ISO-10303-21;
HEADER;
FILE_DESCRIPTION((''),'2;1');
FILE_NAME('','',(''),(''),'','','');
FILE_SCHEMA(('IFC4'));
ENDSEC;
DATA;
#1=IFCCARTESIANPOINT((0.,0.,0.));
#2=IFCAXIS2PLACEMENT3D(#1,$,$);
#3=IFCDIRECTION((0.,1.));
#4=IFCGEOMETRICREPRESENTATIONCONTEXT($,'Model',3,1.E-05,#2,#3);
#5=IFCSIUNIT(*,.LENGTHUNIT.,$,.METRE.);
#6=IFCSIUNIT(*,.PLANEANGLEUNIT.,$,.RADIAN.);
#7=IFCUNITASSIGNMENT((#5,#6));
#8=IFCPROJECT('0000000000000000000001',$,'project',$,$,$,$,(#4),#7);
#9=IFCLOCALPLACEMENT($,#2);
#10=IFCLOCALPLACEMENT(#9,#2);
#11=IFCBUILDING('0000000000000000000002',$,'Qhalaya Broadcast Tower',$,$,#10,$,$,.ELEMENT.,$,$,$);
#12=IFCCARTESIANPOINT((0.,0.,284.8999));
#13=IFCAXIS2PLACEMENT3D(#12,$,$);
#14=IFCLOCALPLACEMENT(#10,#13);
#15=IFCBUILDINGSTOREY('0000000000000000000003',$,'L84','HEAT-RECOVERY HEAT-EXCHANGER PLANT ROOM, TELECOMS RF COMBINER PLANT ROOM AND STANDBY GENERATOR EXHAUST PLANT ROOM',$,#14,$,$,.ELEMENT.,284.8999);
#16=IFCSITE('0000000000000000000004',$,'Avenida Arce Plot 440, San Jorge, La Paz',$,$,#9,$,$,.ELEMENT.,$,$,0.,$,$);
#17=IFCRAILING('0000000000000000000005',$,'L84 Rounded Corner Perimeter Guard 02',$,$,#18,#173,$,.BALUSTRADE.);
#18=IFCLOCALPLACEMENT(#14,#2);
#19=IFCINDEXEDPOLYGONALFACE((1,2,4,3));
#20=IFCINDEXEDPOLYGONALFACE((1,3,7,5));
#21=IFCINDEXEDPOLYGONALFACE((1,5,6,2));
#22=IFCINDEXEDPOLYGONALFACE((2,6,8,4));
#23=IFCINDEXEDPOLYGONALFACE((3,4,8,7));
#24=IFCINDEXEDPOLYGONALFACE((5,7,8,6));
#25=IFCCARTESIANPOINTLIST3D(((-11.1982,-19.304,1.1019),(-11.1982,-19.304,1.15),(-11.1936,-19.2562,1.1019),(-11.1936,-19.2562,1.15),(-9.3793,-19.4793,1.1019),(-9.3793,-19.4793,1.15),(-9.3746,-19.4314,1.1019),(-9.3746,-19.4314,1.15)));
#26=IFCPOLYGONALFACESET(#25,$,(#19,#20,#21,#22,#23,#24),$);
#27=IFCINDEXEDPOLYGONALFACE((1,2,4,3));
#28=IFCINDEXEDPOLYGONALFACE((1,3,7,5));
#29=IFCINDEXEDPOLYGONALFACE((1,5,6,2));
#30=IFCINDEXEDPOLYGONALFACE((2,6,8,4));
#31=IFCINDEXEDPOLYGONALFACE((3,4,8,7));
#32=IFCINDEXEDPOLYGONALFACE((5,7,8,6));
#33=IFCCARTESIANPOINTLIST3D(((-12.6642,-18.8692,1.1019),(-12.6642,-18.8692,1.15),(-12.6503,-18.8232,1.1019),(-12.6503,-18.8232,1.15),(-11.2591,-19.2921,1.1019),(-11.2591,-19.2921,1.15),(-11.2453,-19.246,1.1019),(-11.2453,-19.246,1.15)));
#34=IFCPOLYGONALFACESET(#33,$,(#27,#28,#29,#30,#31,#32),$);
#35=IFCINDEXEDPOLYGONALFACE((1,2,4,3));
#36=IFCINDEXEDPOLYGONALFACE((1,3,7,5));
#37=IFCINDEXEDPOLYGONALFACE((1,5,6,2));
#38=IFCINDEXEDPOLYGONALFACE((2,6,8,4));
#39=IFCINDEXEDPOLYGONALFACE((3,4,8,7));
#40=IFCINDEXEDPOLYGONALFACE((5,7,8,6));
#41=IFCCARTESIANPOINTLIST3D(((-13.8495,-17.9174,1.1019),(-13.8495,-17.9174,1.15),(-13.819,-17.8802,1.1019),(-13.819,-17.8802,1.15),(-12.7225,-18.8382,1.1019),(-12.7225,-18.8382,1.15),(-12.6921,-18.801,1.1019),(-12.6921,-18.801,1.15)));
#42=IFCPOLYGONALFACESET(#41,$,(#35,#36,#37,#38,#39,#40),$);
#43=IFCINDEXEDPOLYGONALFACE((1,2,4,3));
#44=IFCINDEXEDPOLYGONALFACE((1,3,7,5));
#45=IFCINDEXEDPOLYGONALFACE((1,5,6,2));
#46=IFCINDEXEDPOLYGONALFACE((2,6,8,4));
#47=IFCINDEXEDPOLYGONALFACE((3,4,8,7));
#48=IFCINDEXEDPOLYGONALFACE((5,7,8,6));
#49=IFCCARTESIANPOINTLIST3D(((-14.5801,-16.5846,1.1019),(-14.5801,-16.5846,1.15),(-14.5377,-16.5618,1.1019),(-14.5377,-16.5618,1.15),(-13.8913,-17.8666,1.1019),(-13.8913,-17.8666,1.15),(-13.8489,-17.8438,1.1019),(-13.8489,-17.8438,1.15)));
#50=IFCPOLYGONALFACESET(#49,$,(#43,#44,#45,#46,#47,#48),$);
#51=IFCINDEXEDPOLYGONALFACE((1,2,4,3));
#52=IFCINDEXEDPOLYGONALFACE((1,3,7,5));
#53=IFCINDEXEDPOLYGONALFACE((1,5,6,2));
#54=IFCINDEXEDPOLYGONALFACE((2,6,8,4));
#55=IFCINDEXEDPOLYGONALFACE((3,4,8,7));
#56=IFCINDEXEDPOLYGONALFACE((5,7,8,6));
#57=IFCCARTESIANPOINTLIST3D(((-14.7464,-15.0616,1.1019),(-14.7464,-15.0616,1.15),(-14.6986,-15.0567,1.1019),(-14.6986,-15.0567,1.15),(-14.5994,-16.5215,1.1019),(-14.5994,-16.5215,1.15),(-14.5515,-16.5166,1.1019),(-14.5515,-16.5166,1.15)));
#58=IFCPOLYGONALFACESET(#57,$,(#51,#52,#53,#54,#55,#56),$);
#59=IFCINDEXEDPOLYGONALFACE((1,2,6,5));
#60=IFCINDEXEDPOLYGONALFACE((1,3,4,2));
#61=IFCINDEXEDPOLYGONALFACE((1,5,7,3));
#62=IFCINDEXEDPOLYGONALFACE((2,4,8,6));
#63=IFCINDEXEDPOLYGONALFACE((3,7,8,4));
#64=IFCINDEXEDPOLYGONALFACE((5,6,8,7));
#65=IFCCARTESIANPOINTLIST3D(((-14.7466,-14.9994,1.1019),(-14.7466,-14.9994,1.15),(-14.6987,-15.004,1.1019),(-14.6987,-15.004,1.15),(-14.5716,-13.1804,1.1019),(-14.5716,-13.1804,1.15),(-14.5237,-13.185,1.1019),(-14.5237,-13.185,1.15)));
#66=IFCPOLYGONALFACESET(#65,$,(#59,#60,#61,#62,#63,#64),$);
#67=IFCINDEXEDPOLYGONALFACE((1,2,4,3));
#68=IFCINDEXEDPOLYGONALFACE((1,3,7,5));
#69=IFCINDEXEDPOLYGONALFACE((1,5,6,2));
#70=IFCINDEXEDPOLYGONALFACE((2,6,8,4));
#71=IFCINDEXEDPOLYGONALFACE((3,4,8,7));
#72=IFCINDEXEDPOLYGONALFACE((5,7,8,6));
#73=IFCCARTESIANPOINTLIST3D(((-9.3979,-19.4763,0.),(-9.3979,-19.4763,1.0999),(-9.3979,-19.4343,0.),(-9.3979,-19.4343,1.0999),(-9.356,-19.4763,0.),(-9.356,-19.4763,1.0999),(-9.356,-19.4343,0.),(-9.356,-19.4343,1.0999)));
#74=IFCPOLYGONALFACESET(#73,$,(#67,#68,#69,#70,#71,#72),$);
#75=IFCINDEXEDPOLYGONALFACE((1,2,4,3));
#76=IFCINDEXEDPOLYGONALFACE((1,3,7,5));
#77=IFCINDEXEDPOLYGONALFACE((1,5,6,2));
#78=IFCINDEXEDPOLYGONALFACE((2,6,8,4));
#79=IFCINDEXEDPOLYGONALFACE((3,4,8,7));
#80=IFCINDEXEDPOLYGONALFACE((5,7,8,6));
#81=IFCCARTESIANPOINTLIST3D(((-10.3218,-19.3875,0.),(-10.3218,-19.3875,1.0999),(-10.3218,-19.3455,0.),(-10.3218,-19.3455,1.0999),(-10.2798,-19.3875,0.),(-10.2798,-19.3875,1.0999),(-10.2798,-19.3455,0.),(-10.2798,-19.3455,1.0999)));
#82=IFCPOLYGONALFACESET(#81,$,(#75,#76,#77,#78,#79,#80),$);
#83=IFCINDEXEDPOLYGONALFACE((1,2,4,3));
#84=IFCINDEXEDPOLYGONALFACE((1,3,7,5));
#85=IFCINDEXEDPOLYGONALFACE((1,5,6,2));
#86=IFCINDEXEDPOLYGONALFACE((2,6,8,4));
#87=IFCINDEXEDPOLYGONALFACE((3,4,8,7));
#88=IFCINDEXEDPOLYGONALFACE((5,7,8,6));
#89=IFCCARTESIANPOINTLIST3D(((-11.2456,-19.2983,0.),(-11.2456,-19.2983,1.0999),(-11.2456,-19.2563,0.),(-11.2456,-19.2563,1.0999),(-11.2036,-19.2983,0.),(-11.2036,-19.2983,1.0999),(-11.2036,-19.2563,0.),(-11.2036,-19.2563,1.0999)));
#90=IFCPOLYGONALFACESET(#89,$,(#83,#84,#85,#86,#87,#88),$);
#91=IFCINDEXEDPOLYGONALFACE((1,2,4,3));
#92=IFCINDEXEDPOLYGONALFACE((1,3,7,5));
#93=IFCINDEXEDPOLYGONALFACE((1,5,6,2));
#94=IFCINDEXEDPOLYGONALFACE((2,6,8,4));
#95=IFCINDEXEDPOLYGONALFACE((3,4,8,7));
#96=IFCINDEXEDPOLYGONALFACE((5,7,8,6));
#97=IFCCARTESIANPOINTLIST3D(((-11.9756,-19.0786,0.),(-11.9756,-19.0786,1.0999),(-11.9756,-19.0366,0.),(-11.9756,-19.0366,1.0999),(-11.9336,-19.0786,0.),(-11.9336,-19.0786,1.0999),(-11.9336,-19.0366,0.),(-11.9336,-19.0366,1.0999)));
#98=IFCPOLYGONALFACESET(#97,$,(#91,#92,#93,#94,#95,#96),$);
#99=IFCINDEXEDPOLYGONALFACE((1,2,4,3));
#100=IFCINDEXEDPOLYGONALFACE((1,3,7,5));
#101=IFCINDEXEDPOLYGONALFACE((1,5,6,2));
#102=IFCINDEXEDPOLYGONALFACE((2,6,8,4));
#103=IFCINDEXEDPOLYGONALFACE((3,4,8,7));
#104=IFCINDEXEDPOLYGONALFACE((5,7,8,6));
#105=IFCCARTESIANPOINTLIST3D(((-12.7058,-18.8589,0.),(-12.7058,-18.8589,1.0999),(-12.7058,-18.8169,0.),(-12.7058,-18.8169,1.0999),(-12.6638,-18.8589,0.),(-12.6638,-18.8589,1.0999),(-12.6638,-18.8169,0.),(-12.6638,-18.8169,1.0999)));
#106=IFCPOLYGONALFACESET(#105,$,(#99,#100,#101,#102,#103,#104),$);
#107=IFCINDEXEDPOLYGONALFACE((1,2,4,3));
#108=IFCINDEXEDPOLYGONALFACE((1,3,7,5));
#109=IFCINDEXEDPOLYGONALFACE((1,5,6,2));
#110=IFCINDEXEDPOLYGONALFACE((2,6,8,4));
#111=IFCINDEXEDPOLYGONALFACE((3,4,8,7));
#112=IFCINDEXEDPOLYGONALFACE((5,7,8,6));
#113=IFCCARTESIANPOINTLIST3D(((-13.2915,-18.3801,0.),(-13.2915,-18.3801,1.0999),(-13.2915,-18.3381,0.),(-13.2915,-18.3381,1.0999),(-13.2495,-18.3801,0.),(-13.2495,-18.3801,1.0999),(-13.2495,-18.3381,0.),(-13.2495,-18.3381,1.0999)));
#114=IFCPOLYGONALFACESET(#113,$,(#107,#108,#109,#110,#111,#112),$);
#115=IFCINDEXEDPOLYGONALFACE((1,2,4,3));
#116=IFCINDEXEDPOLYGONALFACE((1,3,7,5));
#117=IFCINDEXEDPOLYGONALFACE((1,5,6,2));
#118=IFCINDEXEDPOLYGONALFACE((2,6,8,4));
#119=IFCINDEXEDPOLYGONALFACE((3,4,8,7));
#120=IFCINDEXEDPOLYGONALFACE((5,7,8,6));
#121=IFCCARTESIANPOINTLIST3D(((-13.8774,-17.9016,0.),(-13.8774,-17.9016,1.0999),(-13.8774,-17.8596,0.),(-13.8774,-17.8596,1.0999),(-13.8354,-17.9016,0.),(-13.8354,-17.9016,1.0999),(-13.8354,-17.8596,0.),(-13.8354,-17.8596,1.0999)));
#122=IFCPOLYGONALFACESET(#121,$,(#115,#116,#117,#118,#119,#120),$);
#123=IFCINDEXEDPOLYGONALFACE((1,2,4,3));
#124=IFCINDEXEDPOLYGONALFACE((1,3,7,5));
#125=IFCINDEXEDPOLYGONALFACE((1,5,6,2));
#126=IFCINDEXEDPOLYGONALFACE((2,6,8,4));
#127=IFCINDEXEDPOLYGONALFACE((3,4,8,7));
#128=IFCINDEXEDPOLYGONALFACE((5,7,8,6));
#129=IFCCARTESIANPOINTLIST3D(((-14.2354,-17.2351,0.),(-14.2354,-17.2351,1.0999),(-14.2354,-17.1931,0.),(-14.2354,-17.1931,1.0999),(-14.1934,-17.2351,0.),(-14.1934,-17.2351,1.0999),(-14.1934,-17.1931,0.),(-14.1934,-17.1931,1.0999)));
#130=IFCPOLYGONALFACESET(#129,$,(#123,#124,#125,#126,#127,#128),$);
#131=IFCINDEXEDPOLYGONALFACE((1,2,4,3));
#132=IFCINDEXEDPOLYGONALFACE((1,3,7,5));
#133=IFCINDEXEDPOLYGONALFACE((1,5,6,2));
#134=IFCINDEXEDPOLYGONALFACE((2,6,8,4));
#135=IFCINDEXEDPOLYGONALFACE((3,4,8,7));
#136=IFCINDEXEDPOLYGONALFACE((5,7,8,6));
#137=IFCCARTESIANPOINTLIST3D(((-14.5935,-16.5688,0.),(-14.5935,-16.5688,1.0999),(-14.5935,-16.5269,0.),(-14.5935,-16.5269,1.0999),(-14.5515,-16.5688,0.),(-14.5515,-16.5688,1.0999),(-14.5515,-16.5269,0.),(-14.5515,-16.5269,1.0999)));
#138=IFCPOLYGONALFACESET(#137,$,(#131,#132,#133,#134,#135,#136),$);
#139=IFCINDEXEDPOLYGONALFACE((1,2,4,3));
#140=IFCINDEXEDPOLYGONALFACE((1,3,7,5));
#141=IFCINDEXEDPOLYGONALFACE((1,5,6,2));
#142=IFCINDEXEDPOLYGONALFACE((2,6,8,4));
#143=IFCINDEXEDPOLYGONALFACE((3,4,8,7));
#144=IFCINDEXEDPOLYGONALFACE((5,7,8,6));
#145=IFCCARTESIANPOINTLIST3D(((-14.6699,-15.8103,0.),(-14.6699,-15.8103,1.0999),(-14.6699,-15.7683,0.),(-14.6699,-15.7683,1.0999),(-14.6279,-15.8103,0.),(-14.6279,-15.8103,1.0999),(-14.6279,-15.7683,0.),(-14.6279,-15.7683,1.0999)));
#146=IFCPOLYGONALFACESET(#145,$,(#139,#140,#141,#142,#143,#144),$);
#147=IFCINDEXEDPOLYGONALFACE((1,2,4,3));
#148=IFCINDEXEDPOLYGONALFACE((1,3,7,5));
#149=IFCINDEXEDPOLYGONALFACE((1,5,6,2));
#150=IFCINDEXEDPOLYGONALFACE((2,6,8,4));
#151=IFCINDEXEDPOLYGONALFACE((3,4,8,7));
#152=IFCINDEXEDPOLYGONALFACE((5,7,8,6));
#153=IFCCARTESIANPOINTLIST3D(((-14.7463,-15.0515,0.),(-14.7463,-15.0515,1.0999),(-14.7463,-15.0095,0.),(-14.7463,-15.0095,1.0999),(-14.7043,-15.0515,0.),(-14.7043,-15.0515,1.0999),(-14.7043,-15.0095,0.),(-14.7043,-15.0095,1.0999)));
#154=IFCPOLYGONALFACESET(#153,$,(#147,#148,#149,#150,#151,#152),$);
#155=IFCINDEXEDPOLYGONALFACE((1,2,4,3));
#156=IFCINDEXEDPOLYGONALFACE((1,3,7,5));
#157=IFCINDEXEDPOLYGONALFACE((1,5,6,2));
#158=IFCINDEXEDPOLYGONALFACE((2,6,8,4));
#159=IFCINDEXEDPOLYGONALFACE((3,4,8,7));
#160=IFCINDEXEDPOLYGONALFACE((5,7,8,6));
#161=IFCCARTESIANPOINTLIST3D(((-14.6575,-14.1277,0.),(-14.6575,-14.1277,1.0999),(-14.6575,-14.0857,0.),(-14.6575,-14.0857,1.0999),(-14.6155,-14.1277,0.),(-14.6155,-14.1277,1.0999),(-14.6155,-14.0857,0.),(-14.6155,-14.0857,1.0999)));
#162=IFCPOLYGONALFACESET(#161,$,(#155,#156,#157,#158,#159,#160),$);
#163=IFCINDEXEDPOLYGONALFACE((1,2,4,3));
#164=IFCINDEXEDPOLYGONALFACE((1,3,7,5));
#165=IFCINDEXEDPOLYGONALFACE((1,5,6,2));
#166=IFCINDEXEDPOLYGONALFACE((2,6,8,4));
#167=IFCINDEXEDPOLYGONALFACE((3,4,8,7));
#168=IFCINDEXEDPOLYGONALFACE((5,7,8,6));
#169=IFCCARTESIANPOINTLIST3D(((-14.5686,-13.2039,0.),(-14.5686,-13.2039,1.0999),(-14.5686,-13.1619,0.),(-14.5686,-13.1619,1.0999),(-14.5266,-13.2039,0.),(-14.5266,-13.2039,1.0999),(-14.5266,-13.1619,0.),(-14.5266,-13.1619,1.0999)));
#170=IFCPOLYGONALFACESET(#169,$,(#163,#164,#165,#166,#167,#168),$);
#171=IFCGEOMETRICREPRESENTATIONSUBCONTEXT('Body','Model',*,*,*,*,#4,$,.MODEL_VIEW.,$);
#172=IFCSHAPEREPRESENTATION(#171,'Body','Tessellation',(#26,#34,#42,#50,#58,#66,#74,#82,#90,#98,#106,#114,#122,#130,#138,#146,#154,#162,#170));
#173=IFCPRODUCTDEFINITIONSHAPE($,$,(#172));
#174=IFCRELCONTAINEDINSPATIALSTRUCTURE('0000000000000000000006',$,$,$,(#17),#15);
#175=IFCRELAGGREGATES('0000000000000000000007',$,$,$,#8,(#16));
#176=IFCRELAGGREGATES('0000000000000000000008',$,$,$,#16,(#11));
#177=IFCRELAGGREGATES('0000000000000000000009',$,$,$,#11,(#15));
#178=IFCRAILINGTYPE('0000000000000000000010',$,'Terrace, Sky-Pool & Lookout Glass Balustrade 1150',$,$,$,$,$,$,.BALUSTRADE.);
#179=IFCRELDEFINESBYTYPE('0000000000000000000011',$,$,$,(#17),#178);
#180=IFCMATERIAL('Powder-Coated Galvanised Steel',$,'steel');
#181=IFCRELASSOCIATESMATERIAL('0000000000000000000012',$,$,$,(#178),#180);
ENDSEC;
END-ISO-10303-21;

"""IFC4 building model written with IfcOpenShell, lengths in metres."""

from ifc_helpers import new_model, si_unit, direction, frame, origin, origin_2d, place, context, subcontext, project, spatial, rectangle, extrude, material, type_object, element, save


model = new_model("IFC4")

# Units and contexts
model_context = context("Model", 3, precision=1e-05, world=origin(), true_north=direction((0.0, 1.0)))
body_context = subcontext(model_context, "Body", "Model", "MODEL_VIEW")
ifc_project = project(units=[si_unit("LENGTHUNIT", "METRE"), si_unit("PLANEANGLEUNIT", "RADIAN")], contexts=[model_context])

# Site, building, storey
site_placement = place(None, origin())
site = spatial("IfcSite", under=ifc_project, at=site_placement, Name="Avenida Arce Plot 440, San Jorge, La Paz", CompositionType="ELEMENT", RefElevation=0.0)
building_placement = place(site_placement, origin())
building = spatial("IfcBuilding", under=site, at=building_placement, Name="Qhalaya Broadcast Tower", CompositionType="ELEMENT")
storey_placement = place(building_placement, frame((0.0, 0.0, 284.8999)))
storey = spatial("IfcBuildingStorey", under=building, at=storey_placement, Name="L84", Description="HEAT-RECOVERY HEAT-EXCHANGER PLANT ROOM, TELECOMS RF COMBINER PLANT ROOM AND STANDBY GENERATOR EXHAUST PLANT ROOM", CompositionType="ELEMENT", Elevation=284.8999)

# Railing
ifc_material_1 = material(Name="Powder-Coated Galvanised Steel", Category="steel")
railing_type = type_object("IfcRailingType", Name="Terrace, Sky-Pool & Lookout Glass Balustrade 1150", PredefinedType="BALUSTRADE", material=ifc_material_1)
railing_placement = place(storey_placement, frame((-9.377, -19.4553, 0.0)))
element("IfcRailing", 1, at=railing_placement, inside=storey, type_object=railing_type, Name="L84 Rounded Corner Perimeter Guard 02", PredefinedType="BALUSTRADE", context=body_context, shape_type="SweptSolid", body=[
    extrude(rectangle(XDim=0.0481, YDim=0.0481, at=origin_2d()), frame((0.0, 0.0, 1.126), z_axis=(-0.995393, 0.095883, 0.0), x_axis=(-0.095883, -0.995393, 0.0)), (0.0, 0.0, 1.0), 1.8274),
    extrude(rectangle(XDim=0.0481, YDim=0.0481, at=origin_2d()), frame((-1.8752, 0.1863, 1.126), z_axis=(-0.957575, 0.288185, 0.0), x_axis=(-0.288185, -0.957575, 0.0)), (0.0, 0.0, 1.0), 1.4673),
    extrude(rectangle(XDim=0.0481, YDim=0.0481, at=origin_2d()), frame((-3.3303, 0.6357, 1.126), z_axis=(-0.774388, 0.63271, 0.0), x_axis=(-0.63271, -0.774388, 0.0)), (0.0, 0.0, 1.0), 1.4553),
    extrude(rectangle(XDim=0.0481, YDim=0.0481, at=origin_2d()), frame((-4.4932, 1.6001, 1.126), z_axis=(-0.473291, 0.880906, 0.0), x_axis=(-0.880906, -0.473291, 0.0)), (0.0, 0.0, 1.0), 1.4553),
    extrude(rectangle(XDim=0.0481, YDim=0.0481, at=origin_2d()), frame((-5.1985, 2.9363, 1.126), z_axis=(-0.100217, 0.994966, 0.0), x_axis=(-0.994966, -0.100217, 0.0)), (0.0, 0.0, 1.0), 1.4673),
    extrude(rectangle(XDim=0.0481, YDim=0.0481, at=origin_2d()), frame((-5.3457, 4.4536, 1.126), z_axis=(0.095753, 0.995405, 0.0), x_axis=(-0.995405, 0.095753, 0.0)), (0.0, 0.0, 1.0), 1.8274),
    extrude(rectangle(XDim=0.042, YDim=0.042, at=origin_2d()), origin(), (0.0, 0.0, 1.0), 1.0999),
    extrude(rectangle(XDim=0.042, YDim=0.042, at=origin_2d()), frame((-0.9238, 0.0889, 0.0)), (0.0, 0.0, 1.0), 1.0999),
    extrude(rectangle(XDim=0.042, YDim=0.042, at=origin_2d()), frame((-1.8477, 0.178, 0.0)), (0.0, 0.0, 1.0), 1.0999),
    extrude(rectangle(XDim=0.042, YDim=0.042, at=origin_2d()), frame((-2.5776, 0.3977, 0.0)), (0.0, 0.0, 1.0), 1.0999),
    extrude(rectangle(XDim=0.042, YDim=0.042, at=origin_2d()), frame((-3.3079, 0.6174, 0.0)), (0.0, 0.0, 1.0), 1.0999),
    extrude(rectangle(XDim=0.042, YDim=0.042, at=origin_2d()), frame((-3.8936, 1.0962, 0.0)), (0.0, 0.0, 1.0), 1.0999),
    extrude(rectangle(XDim=0.042, YDim=0.042, at=origin_2d()), frame((-4.4795, 1.5747, 0.0)), (0.0, 0.0, 1.0), 1.0999),
    extrude(rectangle(XDim=0.042, YDim=0.042, at=origin_2d()), frame((-4.8374, 2.2412, 0.0)), (0.0, 0.0, 1.0), 1.0999),
    extrude(rectangle(XDim=0.042, YDim=0.042, at=origin_2d()), frame((-5.1956, 2.9075, 0.0)), (0.0, 0.0, 1.0), 1.0999),
    extrude(rectangle(XDim=0.042, YDim=0.042, at=origin_2d()), frame((-5.272, 3.666, 0.0)), (0.0, 0.0, 1.0), 1.0999),
    extrude(rectangle(XDim=0.042, YDim=0.042, at=origin_2d()), frame((-5.3484, 4.4248, 0.0)), (0.0, 0.0, 1.0), 1.0999),
    extrude(rectangle(XDim=0.042, YDim=0.042, at=origin_2d()), frame((-5.2595, 5.3486, 0.0)), (0.0, 0.0, 1.0), 1.0999),
    extrude(rectangle(XDim=0.042, YDim=0.042, at=origin_2d()), frame((-5.1707, 6.2725, 0.0)), (0.0, 0.0, 1.0), 1.0999),
])

save(model, "model.ifc")
